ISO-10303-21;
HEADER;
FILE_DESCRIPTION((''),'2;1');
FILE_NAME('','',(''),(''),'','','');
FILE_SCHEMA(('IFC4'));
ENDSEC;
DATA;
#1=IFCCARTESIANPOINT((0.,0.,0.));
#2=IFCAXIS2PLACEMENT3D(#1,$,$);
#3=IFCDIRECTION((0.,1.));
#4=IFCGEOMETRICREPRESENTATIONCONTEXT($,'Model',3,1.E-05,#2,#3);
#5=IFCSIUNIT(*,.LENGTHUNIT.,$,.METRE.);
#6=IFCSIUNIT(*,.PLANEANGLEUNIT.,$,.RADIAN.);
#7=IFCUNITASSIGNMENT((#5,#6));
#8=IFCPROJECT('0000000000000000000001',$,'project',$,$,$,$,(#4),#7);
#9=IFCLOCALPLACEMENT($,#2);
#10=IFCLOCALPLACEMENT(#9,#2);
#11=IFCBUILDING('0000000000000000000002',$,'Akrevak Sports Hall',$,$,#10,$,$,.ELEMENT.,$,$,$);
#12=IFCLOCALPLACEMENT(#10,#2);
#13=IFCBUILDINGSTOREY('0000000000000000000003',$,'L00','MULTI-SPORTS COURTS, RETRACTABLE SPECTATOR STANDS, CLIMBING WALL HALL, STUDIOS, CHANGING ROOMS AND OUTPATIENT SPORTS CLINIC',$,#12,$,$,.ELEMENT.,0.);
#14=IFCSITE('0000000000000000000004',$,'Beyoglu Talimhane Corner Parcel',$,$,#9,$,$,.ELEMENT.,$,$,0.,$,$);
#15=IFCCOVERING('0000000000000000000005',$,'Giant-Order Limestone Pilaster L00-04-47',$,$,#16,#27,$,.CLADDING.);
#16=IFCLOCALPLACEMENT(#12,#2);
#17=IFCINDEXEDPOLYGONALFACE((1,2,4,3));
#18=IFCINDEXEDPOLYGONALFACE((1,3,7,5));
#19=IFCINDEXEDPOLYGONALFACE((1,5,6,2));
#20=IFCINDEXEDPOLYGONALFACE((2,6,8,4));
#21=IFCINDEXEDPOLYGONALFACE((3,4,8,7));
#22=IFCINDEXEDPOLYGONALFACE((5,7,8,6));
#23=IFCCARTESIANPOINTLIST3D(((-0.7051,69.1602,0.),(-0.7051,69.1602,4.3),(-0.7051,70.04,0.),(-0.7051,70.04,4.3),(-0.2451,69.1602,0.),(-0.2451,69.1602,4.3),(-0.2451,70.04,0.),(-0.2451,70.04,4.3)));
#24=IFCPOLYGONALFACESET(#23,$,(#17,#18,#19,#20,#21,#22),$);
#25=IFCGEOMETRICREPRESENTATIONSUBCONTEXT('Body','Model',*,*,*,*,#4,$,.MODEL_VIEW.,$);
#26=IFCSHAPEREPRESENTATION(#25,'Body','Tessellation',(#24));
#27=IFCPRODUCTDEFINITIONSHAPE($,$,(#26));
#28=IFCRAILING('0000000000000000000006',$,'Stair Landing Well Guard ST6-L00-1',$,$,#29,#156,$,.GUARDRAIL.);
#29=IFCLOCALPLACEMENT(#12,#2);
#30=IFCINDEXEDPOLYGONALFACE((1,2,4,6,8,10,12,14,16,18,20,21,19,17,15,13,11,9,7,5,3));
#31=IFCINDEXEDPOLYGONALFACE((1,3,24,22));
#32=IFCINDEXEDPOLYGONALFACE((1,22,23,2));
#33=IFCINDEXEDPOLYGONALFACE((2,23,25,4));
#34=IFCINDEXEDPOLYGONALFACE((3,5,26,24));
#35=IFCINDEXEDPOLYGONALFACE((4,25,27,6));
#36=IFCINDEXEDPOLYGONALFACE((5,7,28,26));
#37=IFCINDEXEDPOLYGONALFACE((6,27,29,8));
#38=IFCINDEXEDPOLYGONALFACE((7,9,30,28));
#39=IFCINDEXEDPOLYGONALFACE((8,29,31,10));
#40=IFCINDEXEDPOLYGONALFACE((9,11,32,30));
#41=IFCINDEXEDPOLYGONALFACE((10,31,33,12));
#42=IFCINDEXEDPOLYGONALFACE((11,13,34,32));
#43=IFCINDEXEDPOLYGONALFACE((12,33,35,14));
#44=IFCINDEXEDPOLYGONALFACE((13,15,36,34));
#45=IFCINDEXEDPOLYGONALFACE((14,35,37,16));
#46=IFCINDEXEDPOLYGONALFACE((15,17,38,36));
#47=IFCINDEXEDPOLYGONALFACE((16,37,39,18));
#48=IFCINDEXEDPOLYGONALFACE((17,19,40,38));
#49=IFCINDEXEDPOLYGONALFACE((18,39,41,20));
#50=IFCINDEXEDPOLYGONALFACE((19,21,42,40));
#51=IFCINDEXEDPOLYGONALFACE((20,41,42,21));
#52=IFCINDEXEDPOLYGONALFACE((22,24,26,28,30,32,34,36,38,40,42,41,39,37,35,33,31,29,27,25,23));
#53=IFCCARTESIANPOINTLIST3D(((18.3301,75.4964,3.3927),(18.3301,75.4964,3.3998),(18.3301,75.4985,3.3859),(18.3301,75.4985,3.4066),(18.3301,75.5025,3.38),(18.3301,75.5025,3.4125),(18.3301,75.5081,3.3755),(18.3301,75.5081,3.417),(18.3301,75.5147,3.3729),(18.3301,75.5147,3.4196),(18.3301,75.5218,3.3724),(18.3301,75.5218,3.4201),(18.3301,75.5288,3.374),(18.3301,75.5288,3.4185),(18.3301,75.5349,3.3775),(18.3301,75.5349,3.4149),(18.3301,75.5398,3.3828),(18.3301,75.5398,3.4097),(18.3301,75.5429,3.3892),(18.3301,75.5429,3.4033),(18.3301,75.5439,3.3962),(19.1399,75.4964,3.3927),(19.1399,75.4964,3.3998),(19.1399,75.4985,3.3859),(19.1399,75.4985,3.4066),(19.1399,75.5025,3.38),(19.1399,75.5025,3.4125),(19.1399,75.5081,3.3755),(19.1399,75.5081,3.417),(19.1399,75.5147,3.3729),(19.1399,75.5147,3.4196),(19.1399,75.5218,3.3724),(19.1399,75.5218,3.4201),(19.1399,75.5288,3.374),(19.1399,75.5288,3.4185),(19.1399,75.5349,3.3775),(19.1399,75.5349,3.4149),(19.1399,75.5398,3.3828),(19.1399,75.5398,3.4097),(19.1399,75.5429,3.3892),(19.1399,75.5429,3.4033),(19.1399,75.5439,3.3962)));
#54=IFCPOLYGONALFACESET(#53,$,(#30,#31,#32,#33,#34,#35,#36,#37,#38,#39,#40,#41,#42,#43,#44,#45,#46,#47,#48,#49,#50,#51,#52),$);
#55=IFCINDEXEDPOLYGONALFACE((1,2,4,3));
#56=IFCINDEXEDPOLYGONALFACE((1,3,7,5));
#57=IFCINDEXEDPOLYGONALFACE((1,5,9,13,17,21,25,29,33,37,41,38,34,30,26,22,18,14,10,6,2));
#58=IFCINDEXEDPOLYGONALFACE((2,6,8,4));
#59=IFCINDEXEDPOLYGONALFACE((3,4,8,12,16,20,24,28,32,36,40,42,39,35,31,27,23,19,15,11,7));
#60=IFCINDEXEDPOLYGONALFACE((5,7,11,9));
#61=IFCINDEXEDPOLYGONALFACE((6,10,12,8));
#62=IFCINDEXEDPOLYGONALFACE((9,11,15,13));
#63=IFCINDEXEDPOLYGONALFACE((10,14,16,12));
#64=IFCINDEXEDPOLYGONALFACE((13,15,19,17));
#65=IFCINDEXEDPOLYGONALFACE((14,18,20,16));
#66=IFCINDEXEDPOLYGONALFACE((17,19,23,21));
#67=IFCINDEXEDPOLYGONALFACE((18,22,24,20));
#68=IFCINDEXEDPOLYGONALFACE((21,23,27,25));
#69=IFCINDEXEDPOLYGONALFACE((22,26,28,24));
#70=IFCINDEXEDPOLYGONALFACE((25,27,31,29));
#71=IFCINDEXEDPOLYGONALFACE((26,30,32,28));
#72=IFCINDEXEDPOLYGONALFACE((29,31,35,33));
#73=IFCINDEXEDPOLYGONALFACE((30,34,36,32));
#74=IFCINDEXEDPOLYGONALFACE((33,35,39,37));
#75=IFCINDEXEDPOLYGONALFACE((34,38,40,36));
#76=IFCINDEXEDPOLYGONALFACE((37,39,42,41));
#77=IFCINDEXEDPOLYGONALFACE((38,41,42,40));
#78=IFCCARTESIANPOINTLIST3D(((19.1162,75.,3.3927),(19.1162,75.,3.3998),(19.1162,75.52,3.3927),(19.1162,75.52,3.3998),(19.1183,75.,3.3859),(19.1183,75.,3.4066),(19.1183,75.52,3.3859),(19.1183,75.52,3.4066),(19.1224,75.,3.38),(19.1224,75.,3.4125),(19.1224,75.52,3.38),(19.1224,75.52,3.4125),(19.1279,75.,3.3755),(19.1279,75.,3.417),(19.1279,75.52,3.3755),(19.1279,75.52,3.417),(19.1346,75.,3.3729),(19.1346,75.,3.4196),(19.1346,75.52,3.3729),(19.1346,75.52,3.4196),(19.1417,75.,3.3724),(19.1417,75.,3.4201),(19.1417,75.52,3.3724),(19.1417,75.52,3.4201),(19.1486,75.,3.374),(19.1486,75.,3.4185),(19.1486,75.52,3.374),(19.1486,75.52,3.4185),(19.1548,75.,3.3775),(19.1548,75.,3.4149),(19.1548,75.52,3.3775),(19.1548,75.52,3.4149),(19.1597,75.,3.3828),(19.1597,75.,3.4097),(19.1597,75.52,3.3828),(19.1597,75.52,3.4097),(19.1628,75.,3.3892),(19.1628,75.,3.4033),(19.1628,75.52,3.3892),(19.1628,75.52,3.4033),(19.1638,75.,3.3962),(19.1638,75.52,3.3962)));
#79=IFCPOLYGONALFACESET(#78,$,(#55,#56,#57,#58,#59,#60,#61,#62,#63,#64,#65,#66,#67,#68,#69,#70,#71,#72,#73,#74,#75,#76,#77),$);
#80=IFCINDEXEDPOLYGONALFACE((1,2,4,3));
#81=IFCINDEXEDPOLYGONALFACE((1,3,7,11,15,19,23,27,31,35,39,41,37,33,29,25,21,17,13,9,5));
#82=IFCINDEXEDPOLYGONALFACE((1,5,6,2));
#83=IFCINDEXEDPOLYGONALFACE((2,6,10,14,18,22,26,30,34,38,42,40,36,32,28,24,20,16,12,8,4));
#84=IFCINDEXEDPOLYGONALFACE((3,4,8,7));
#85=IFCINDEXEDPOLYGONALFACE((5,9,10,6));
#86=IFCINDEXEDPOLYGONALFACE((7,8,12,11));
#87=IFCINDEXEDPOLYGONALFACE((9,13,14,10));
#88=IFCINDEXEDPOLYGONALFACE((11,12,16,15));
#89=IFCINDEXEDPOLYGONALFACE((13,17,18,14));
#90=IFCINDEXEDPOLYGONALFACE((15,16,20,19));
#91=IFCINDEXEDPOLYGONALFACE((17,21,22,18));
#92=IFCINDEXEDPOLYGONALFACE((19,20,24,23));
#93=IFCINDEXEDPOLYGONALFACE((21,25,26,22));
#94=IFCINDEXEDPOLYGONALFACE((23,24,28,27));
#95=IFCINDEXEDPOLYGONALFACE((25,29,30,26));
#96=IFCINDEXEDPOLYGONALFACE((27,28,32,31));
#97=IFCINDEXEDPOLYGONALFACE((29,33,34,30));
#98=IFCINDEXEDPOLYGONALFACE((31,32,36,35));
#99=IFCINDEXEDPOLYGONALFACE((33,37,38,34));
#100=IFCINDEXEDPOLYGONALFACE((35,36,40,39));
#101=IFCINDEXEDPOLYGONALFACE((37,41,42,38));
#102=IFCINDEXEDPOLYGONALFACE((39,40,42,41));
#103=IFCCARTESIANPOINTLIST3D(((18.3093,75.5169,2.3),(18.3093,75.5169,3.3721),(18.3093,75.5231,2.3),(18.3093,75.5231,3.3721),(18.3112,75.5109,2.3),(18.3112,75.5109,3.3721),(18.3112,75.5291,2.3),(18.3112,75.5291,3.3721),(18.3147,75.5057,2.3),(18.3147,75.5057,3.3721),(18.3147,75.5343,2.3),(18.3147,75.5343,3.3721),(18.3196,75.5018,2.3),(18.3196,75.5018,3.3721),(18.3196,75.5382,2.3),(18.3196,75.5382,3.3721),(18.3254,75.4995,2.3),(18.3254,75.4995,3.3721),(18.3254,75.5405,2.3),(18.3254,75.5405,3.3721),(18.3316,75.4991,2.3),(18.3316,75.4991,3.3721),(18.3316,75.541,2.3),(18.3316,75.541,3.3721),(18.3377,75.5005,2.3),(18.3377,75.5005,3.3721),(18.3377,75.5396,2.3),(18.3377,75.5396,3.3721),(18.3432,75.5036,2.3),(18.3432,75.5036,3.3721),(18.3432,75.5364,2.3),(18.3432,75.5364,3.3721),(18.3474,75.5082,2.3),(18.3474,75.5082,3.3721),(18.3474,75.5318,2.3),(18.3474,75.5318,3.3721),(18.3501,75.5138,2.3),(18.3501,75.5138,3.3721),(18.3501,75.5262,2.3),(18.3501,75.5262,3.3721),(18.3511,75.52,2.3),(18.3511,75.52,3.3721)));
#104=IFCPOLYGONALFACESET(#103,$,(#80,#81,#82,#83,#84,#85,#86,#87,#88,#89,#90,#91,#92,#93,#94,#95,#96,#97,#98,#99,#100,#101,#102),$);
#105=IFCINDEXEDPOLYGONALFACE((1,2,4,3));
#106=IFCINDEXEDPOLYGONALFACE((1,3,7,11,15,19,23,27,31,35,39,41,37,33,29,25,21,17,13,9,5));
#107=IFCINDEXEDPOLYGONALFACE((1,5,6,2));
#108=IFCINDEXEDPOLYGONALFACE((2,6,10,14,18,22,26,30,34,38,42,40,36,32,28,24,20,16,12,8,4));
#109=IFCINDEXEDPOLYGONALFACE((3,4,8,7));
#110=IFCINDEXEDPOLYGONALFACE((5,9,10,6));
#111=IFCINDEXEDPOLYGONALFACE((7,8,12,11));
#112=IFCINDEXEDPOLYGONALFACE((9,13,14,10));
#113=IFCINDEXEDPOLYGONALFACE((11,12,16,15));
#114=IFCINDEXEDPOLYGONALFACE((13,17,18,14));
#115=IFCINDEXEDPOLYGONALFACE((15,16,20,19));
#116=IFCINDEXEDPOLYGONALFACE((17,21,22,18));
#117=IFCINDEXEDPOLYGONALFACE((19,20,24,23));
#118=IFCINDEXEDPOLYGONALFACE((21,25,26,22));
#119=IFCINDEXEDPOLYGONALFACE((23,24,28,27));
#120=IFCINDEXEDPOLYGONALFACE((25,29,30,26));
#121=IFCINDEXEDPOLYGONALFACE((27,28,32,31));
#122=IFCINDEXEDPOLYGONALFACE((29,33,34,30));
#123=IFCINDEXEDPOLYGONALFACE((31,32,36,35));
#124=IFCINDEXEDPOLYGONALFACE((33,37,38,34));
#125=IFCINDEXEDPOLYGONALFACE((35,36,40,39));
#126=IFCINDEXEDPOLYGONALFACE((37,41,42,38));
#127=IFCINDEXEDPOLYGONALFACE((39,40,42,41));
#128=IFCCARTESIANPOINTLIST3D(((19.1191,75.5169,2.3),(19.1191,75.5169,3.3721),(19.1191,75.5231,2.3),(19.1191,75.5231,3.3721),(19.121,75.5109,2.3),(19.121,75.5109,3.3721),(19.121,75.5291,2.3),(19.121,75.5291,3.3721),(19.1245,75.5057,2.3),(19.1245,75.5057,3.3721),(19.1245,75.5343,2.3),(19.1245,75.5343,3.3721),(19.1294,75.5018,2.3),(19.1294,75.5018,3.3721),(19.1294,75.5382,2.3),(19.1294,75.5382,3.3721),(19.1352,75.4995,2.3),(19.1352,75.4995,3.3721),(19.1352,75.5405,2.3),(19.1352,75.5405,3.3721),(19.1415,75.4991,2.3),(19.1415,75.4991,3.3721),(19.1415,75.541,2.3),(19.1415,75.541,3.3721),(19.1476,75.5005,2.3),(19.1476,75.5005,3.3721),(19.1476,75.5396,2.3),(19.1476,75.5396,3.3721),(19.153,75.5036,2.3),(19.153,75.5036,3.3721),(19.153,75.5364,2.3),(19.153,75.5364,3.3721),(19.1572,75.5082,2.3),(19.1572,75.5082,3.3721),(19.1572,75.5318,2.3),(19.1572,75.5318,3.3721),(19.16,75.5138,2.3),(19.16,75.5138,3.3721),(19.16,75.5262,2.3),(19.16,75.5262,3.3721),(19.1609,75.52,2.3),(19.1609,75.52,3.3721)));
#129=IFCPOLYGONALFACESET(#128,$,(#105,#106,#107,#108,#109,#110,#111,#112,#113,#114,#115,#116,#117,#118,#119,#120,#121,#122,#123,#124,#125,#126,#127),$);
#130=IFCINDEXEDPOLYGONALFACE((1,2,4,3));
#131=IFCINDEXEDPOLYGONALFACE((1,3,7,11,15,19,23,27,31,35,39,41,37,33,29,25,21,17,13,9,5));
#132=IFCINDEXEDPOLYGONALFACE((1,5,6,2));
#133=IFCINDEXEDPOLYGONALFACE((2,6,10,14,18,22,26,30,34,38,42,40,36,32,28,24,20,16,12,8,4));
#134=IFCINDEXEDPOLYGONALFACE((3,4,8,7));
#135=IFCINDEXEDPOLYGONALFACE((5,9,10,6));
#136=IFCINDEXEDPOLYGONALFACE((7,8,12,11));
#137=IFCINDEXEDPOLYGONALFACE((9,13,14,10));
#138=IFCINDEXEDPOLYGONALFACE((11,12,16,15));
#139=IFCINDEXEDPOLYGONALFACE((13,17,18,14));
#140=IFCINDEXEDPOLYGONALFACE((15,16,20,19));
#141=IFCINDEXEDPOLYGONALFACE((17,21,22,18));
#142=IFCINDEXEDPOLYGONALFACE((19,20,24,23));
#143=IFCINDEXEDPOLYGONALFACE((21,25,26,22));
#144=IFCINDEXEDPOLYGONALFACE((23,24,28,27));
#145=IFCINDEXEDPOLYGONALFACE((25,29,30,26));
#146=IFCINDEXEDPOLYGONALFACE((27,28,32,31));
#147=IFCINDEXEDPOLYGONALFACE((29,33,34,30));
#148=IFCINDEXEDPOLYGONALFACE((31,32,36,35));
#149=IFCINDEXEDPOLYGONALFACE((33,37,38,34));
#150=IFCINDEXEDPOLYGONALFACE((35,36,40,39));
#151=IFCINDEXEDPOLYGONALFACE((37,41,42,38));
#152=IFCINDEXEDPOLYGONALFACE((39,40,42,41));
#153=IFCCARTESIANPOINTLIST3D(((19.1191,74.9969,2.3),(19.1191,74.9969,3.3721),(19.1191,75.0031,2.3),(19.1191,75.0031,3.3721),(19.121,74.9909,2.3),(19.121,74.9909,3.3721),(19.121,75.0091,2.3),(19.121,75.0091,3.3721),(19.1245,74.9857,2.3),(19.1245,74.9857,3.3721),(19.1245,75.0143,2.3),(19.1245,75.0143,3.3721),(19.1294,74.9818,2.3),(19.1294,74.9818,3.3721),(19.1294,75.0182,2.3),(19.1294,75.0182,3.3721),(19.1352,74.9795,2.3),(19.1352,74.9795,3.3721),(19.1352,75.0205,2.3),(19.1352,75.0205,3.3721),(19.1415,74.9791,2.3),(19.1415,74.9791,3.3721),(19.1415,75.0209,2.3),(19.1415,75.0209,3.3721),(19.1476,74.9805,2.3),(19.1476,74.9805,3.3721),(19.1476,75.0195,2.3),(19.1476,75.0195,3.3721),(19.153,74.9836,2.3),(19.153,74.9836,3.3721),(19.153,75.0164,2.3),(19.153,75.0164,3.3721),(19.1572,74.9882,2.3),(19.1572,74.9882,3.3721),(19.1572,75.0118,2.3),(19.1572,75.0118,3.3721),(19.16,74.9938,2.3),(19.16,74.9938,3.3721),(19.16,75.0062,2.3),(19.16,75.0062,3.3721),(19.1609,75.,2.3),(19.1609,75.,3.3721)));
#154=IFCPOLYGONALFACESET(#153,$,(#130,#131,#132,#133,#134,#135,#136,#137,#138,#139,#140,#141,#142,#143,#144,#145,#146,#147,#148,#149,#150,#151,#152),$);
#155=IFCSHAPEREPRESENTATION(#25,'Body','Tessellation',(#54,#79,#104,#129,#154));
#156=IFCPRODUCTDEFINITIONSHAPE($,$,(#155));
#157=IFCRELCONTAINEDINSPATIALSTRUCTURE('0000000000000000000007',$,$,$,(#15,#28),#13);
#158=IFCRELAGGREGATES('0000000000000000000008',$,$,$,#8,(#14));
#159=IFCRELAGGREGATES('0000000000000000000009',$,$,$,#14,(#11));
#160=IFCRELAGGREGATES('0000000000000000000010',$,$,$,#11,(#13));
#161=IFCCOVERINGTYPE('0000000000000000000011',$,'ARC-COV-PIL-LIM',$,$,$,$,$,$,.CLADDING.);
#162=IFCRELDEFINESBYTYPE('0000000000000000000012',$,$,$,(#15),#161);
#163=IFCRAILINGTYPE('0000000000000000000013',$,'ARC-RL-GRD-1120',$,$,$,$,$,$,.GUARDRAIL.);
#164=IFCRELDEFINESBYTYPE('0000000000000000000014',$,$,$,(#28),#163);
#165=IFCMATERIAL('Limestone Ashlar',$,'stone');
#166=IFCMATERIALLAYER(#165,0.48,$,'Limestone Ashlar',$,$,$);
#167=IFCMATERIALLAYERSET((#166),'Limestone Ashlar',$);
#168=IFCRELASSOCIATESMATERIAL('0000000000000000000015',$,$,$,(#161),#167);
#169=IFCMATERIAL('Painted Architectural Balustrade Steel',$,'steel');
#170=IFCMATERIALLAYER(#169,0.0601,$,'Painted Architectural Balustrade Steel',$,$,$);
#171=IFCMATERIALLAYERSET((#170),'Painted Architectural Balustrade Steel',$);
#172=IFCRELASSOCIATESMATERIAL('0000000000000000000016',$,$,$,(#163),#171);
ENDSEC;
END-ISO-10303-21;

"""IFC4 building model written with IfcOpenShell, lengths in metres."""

from ifc_helpers import new_model, si_unit, direction, frame, origin, origin_2d, place, context, subcontext, project, spatial, rectangle, circle, extrude, material, layer, layer_set, type_object, element, save


model = new_model("IFC4")

# Units and contexts
model_context = context("Model", 3, precision=1e-05, world=origin(), true_north=direction((0.0, 1.0)))
body_context = subcontext(model_context, "Body", "Model", "MODEL_VIEW")
ifc_project = project(units=[si_unit("LENGTHUNIT", "METRE"), si_unit("PLANEANGLEUNIT", "RADIAN")], contexts=[model_context])

# Site, building, storey
site_placement = place(None, origin())
site = spatial("IfcSite", under=ifc_project, at=site_placement, Name="Beyoglu Talimhane Corner Parcel", CompositionType="ELEMENT", RefElevation=0.0)
building_placement = place(site_placement, origin())
building = spatial("IfcBuilding", under=site, at=building_placement, Name="Akrevak Sports Hall", CompositionType="ELEMENT")
storey_placement = place(building_placement, origin())
storey = spatial("IfcBuildingStorey", under=building, at=storey_placement, Name="L00", Description="MULTI-SPORTS COURTS, RETRACTABLE SPECTATOR STANDS, CLIMBING WALL HALL, STUDIOS, CHANGING ROOMS AND OUTPATIENT SPORTS CLINIC", CompositionType="ELEMENT", Elevation=0.0)

# Shared definitions
ifc_material_1 = material(Name="Limestone Ashlar", Category="stone")

# Covering
ifc_layer_1 = layer(ifc_material_1, 0.48, Name="Limestone Ashlar")
ifc_layer_set_1 = layer_set([ifc_layer_1], Name="Limestone Ashlar")
covering_type = type_object("IfcCoveringType", Name="ARC-COV-PIL-LIM", PredefinedType="CLADDING", material=ifc_layer_set_1)
covering_placement = place(storey_placement, frame((-0.4751, 69.6001, 0.0), z_axis=(0.0, 0.0, 1.0), x_axis=(0.0, -1.0, 0.0)))
element("IfcCovering", 1, at=covering_placement, inside=storey, type_object=covering_type, Name="Giant-Order Limestone Pilaster L00-04-47", PredefinedType="CLADDING", context=body_context, shape_type="SweptSolid", body=[
    extrude(rectangle(XDim=0.8799, YDim=0.46, at=origin_2d()), origin(), (0.0, 0.0, 1.0), 4.3),
])

# Railing
ifc_material_2 = material(Name="Painted Architectural Balustrade Steel", Category="steel")
ifc_layer_2 = layer(ifc_material_2, 0.0601, Name="Painted Architectural Balustrade Steel")
ifc_layer_set_2 = layer_set([ifc_layer_2], Name="Painted Architectural Balustrade Steel")
railing_type_1 = type_object("IfcRailingType", Name="ARC-RL-GRD-1120", PredefinedType="GUARDRAIL", material=ifc_layer_set_2)
railing_1_placement = place(storey_placement, frame((18.3301, 75.52, 2.3)))
element("IfcRailing", 2, at=railing_1_placement, inside=storey, type_object=railing_type_1, Name="Stair Landing Well Guard ST6-L00-1", PredefinedType="GUARDRAIL", context=body_context, shape_type="SweptSolid", body=[
    extrude(circle(Radius=0.0239, at=origin_2d()), frame((0.0, 0.0, 1.0962), z_axis=(1.0, 0.0, 0.0), x_axis=(0.0, 1.0, 0.0)), (0.0, 0.0, 1.0), 0.8098),
    extrude(circle(Radius=0.0239, at=origin_2d()), frame((0.8098, 0.0, 1.0962), z_axis=(0.0, -1.0, 0.0), x_axis=(1.0, 0.0, 0.0)), (0.0, 0.0, 1.0), 0.52),
    extrude(circle(Radius=0.021, at=origin_2d()), origin(), (0.0, 0.0, 1.0), 1.072),
    extrude(circle(Radius=0.021, at=origin_2d()), frame((0.8098, 0.0, 0.0)), (0.0, 0.0, 1.0), 1.072),
    extrude(circle(Radius=0.021, at=origin_2d()), frame((0.8098, -0.52, 0.0)), (0.0, 0.0, 1.0), 1.072),
])

save(model, "model.ifc")
